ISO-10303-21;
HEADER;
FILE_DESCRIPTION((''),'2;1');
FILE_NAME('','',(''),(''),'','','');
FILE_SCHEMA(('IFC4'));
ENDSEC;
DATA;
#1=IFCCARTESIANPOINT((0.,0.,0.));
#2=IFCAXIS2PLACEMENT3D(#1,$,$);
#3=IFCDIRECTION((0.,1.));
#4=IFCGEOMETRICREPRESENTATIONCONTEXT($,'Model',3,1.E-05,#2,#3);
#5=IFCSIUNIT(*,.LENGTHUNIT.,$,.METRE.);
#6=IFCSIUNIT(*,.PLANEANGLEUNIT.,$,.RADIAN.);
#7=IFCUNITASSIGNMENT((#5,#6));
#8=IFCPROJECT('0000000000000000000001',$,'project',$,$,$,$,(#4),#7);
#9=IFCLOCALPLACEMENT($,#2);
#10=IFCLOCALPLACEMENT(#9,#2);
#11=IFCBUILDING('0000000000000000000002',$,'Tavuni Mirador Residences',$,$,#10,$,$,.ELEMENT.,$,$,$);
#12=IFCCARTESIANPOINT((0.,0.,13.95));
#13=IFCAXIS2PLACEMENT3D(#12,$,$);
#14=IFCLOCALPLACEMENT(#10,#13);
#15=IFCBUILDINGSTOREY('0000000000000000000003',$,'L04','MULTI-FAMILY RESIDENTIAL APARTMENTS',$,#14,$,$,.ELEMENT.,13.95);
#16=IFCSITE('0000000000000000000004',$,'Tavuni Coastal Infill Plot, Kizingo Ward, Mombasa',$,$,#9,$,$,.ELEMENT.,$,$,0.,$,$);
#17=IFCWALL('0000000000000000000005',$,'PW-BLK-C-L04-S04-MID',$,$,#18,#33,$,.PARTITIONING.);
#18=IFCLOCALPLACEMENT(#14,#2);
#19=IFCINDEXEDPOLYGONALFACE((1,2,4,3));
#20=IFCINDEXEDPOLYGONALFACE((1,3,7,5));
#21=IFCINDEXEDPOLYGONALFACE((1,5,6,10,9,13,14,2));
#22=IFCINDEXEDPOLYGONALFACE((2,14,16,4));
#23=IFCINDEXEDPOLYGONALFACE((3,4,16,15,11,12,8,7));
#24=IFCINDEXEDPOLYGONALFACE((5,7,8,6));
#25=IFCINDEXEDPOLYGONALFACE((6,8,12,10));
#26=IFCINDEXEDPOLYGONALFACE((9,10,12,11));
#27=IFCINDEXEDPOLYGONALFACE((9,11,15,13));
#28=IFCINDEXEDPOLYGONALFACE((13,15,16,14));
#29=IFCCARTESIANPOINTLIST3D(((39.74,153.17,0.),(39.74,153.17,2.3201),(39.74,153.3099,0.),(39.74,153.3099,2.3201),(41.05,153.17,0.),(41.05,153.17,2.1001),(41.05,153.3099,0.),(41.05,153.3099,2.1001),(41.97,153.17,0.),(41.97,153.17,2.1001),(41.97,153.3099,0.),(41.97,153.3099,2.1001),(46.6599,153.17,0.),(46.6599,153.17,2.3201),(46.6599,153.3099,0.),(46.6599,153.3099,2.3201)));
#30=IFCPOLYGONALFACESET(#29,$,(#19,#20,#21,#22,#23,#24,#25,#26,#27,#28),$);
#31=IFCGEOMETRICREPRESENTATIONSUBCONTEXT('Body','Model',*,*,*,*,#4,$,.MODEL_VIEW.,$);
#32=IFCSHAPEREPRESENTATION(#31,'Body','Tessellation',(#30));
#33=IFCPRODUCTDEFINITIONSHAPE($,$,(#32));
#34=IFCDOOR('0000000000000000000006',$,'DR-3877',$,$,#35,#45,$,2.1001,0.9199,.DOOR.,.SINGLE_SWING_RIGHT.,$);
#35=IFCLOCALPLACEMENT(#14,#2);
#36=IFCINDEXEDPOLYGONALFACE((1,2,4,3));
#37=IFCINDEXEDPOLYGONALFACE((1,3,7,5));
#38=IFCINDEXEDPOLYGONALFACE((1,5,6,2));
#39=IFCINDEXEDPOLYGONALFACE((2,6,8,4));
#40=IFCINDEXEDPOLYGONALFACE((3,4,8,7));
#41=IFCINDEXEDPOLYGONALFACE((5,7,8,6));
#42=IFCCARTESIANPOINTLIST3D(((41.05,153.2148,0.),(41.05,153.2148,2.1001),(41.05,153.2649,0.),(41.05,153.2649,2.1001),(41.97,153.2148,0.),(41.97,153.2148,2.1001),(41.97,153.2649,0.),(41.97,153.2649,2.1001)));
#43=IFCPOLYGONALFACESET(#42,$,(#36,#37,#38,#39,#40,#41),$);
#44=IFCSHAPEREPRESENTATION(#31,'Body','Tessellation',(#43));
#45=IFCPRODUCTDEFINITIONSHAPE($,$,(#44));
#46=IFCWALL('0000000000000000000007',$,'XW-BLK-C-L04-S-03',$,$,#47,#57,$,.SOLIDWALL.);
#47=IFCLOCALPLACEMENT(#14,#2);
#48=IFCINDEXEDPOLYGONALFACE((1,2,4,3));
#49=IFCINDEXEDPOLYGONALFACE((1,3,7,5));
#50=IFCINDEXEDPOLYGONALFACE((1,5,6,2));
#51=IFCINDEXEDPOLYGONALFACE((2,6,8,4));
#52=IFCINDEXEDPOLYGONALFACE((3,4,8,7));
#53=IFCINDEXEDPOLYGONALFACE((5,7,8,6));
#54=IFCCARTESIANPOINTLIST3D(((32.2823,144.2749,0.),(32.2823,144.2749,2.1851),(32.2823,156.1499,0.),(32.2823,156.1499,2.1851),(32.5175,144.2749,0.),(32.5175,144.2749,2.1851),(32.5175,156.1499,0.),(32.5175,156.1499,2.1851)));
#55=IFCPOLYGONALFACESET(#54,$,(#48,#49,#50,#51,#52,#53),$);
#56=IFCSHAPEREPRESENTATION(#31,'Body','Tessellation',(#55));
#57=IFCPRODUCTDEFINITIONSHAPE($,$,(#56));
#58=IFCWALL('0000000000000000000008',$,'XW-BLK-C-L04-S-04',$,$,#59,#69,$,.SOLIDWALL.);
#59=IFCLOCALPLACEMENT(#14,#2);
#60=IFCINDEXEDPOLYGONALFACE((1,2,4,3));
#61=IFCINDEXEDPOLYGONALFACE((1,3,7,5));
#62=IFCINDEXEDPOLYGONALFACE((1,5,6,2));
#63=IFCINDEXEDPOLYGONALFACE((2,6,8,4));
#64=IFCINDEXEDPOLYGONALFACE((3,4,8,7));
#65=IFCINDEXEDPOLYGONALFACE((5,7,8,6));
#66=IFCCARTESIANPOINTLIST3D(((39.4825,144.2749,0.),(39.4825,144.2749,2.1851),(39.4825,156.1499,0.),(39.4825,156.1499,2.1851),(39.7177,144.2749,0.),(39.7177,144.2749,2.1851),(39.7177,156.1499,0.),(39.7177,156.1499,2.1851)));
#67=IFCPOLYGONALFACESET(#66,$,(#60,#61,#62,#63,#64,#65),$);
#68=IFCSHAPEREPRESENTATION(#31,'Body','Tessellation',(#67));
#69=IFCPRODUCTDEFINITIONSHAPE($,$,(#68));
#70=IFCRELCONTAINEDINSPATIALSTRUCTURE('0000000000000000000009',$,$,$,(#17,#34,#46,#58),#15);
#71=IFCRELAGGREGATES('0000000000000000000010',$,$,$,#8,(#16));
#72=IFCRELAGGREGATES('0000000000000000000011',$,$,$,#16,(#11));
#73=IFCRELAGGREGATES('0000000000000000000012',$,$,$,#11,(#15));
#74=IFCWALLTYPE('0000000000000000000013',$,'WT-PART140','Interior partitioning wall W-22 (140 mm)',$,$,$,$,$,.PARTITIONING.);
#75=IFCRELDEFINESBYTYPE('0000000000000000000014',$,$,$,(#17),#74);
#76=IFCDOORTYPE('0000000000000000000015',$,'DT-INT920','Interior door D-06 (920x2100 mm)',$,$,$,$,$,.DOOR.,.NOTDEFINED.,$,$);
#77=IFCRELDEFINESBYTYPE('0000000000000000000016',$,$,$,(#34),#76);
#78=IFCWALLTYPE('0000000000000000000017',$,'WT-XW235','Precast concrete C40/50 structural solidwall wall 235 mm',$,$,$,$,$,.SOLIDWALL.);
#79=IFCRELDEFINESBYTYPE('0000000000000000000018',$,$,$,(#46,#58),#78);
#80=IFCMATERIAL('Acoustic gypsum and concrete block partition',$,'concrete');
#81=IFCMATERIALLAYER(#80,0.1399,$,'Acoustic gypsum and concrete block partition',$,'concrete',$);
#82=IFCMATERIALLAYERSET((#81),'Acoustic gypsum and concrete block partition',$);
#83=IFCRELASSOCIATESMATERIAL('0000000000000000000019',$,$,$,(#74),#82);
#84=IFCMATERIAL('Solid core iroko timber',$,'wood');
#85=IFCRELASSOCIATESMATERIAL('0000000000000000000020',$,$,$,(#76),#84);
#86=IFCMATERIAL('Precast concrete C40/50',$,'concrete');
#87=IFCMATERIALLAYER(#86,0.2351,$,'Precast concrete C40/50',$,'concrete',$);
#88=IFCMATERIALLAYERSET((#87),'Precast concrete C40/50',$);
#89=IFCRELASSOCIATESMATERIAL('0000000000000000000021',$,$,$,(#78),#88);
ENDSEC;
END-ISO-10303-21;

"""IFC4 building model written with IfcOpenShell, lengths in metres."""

from ifc_helpers import new_model, si_unit, direction, frame, frame_2d, origin, place, context, subcontext, project, spatial, rectangle, extrude, material, layer, layer_set, type_object, element, fill, save


model = new_model("IFC4")

# Units and contexts
model_context = context("Model", 3, precision=1e-05, world=origin(), true_north=direction((0.0, 1.0)))
body_context = subcontext(model_context, "Body", "Model", "MODEL_VIEW")
ifc_project = project(units=[si_unit("LENGTHUNIT", "METRE"), si_unit("PLANEANGLEUNIT", "RADIAN")], contexts=[model_context])

# Site, building, storey
site_placement = place(None, origin())
site = spatial("IfcSite", under=ifc_project, at=site_placement, Name="Tavuni Coastal Infill Plot, Kizingo Ward, Mombasa", CompositionType="ELEMENT", RefElevation=0.0)
building_placement = place(site_placement, origin())
building = spatial("IfcBuilding", under=site, at=building_placement, Name="Tavuni Mirador Residences", CompositionType="ELEMENT")
storey_placement = place(building_placement, frame((0.0, 0.0, 13.95)))
storey = spatial("IfcBuildingStorey", under=building, at=storey_placement, Name="L04", Description="MULTI-FAMILY RESIDENTIAL APARTMENTS", CompositionType="ELEMENT", Elevation=13.95)

# Shared definitions
ifc_material_1 = material(Name="Precast concrete C40/50", Category="concrete")

# Wall, opening, door
ifc_material_2 = material(Name="Acoustic gypsum and concrete block partition", Category="concrete")
ifc_material_3 = material(Name="Solid core iroko timber", Category="wood")
ifc_layer_1 = layer(ifc_material_2, 0.1399, Name="Acoustic gypsum and concrete block partition", Category="concrete")
ifc_layer_set_1 = layer_set([ifc_layer_1], Name="Acoustic gypsum and concrete block partition")
wall_type_1 = type_object("IfcWallType", Name="WT-PART140", Description="Interior partitioning wall W-22 (140 mm)", PredefinedType="PARTITIONING", material=ifc_layer_set_1)
wall_1_placement = place(storey_placement, frame((39.74, 153.24, 0.0), z_axis=(0.0, 0.0, 1.0), x_axis=(1.0, 0.0, 0.0)))
wall_1 = element("IfcWall", 1, at=wall_1_placement, inside=storey, type_object=wall_type_1, Name="PW-BLK-C-L04-S04-MID", PredefinedType="PARTITIONING", context=body_context, shape_type="SweptSolid", body=[
    extrude(rectangle(XDim=6.9199, YDim=0.1399, at=frame_2d((3.46, 0.0))), origin(), (0.0, 0.0, 1.0), 2.3201),
])
opening_1_placement = place(wall_1_placement, frame((1.3101, 0.0, 0.0)))
opening_1 = element("IfcOpeningElement", 2, at=opening_1_placement, cuts=wall_1, PredefinedType="OPENING", context=body_context, shape_type="SweptSolid", body=[
    extrude(rectangle(XDim=0.9199, YDim=2.1001, at=frame_2d((0.46, 1.05))), frame((0.0, 0.0801, 0.0), z_axis=(0.0, -1.0, 0.0), x_axis=(1.0, 0.0, 0.0)), (0.0, 0.0, 1.0), 0.1599),
])
door_type_1 = type_object("IfcDoorType", Name="DT-INT920", Description="Interior door D-06 (920x2100 mm)", OperationType="NOTDEFINED", PredefinedType="DOOR", material=ifc_material_3)
door_1_placement = place(opening_1_placement, origin())
door_1 = element("IfcDoor", 3, at=door_1_placement, inside=storey, type_object=door_type_1, Name="DR-3877", OperationType="SINGLE_SWING_RIGHT", OverallHeight=2.1001, OverallWidth=0.9199, PredefinedType="DOOR", context=body_context, shape_type="SweptSolid", body=[
    extrude(rectangle(XDim=0.9199, YDim=2.1001, at=frame_2d((0.46, 1.05))), frame((0.0, 0.0249, 0.0), z_axis=(0.0, -1.0, 0.0), x_axis=(1.0, 0.0, 0.0)), (0.0, 0.0, 1.0), 0.05),
])
fill(opening_1, door_1)

# Walls
ifc_layer_2 = layer(ifc_material_1, 0.2351, Name="Precast concrete C40/50", Category="concrete")
ifc_layer_set_2 = layer_set([ifc_layer_2], Name="Precast concrete C40/50")
wall_type_2 = type_object("IfcWallType", Name="WT-XW235", Description="Precast concrete C40/50 structural solidwall wall 235 mm", PredefinedType="SOLIDWALL", material=ifc_layer_set_2)
for number, where, z_axis, x_axis, name in (
    (4, (32.3999, 144.2749, 0.0), (0.0, 0.0, 1.0), (0.0, 1.0, 0.0), "XW-BLK-C-L04-S-03"),
    (5, (39.6001, 144.2749, 0.0), (0.0, 0.0, 1.0), (0.0, 1.0, 0.0), "XW-BLK-C-L04-S-04"),
):
    element("IfcWall", number, at=place(storey_placement, frame(where, z_axis=z_axis, x_axis=x_axis)), inside=storey, type_object=wall_type_2, Name=name, PredefinedType="SOLIDWALL", context=body_context, shape_type="SweptSolid", body=[
        extrude(rectangle(XDim=11.875, YDim=0.2351, at=frame_2d((5.9375, 0.0))), origin(), (0.0, 0.0, 1.0), 2.1851),
    ])

save(model, "model.ifc")
